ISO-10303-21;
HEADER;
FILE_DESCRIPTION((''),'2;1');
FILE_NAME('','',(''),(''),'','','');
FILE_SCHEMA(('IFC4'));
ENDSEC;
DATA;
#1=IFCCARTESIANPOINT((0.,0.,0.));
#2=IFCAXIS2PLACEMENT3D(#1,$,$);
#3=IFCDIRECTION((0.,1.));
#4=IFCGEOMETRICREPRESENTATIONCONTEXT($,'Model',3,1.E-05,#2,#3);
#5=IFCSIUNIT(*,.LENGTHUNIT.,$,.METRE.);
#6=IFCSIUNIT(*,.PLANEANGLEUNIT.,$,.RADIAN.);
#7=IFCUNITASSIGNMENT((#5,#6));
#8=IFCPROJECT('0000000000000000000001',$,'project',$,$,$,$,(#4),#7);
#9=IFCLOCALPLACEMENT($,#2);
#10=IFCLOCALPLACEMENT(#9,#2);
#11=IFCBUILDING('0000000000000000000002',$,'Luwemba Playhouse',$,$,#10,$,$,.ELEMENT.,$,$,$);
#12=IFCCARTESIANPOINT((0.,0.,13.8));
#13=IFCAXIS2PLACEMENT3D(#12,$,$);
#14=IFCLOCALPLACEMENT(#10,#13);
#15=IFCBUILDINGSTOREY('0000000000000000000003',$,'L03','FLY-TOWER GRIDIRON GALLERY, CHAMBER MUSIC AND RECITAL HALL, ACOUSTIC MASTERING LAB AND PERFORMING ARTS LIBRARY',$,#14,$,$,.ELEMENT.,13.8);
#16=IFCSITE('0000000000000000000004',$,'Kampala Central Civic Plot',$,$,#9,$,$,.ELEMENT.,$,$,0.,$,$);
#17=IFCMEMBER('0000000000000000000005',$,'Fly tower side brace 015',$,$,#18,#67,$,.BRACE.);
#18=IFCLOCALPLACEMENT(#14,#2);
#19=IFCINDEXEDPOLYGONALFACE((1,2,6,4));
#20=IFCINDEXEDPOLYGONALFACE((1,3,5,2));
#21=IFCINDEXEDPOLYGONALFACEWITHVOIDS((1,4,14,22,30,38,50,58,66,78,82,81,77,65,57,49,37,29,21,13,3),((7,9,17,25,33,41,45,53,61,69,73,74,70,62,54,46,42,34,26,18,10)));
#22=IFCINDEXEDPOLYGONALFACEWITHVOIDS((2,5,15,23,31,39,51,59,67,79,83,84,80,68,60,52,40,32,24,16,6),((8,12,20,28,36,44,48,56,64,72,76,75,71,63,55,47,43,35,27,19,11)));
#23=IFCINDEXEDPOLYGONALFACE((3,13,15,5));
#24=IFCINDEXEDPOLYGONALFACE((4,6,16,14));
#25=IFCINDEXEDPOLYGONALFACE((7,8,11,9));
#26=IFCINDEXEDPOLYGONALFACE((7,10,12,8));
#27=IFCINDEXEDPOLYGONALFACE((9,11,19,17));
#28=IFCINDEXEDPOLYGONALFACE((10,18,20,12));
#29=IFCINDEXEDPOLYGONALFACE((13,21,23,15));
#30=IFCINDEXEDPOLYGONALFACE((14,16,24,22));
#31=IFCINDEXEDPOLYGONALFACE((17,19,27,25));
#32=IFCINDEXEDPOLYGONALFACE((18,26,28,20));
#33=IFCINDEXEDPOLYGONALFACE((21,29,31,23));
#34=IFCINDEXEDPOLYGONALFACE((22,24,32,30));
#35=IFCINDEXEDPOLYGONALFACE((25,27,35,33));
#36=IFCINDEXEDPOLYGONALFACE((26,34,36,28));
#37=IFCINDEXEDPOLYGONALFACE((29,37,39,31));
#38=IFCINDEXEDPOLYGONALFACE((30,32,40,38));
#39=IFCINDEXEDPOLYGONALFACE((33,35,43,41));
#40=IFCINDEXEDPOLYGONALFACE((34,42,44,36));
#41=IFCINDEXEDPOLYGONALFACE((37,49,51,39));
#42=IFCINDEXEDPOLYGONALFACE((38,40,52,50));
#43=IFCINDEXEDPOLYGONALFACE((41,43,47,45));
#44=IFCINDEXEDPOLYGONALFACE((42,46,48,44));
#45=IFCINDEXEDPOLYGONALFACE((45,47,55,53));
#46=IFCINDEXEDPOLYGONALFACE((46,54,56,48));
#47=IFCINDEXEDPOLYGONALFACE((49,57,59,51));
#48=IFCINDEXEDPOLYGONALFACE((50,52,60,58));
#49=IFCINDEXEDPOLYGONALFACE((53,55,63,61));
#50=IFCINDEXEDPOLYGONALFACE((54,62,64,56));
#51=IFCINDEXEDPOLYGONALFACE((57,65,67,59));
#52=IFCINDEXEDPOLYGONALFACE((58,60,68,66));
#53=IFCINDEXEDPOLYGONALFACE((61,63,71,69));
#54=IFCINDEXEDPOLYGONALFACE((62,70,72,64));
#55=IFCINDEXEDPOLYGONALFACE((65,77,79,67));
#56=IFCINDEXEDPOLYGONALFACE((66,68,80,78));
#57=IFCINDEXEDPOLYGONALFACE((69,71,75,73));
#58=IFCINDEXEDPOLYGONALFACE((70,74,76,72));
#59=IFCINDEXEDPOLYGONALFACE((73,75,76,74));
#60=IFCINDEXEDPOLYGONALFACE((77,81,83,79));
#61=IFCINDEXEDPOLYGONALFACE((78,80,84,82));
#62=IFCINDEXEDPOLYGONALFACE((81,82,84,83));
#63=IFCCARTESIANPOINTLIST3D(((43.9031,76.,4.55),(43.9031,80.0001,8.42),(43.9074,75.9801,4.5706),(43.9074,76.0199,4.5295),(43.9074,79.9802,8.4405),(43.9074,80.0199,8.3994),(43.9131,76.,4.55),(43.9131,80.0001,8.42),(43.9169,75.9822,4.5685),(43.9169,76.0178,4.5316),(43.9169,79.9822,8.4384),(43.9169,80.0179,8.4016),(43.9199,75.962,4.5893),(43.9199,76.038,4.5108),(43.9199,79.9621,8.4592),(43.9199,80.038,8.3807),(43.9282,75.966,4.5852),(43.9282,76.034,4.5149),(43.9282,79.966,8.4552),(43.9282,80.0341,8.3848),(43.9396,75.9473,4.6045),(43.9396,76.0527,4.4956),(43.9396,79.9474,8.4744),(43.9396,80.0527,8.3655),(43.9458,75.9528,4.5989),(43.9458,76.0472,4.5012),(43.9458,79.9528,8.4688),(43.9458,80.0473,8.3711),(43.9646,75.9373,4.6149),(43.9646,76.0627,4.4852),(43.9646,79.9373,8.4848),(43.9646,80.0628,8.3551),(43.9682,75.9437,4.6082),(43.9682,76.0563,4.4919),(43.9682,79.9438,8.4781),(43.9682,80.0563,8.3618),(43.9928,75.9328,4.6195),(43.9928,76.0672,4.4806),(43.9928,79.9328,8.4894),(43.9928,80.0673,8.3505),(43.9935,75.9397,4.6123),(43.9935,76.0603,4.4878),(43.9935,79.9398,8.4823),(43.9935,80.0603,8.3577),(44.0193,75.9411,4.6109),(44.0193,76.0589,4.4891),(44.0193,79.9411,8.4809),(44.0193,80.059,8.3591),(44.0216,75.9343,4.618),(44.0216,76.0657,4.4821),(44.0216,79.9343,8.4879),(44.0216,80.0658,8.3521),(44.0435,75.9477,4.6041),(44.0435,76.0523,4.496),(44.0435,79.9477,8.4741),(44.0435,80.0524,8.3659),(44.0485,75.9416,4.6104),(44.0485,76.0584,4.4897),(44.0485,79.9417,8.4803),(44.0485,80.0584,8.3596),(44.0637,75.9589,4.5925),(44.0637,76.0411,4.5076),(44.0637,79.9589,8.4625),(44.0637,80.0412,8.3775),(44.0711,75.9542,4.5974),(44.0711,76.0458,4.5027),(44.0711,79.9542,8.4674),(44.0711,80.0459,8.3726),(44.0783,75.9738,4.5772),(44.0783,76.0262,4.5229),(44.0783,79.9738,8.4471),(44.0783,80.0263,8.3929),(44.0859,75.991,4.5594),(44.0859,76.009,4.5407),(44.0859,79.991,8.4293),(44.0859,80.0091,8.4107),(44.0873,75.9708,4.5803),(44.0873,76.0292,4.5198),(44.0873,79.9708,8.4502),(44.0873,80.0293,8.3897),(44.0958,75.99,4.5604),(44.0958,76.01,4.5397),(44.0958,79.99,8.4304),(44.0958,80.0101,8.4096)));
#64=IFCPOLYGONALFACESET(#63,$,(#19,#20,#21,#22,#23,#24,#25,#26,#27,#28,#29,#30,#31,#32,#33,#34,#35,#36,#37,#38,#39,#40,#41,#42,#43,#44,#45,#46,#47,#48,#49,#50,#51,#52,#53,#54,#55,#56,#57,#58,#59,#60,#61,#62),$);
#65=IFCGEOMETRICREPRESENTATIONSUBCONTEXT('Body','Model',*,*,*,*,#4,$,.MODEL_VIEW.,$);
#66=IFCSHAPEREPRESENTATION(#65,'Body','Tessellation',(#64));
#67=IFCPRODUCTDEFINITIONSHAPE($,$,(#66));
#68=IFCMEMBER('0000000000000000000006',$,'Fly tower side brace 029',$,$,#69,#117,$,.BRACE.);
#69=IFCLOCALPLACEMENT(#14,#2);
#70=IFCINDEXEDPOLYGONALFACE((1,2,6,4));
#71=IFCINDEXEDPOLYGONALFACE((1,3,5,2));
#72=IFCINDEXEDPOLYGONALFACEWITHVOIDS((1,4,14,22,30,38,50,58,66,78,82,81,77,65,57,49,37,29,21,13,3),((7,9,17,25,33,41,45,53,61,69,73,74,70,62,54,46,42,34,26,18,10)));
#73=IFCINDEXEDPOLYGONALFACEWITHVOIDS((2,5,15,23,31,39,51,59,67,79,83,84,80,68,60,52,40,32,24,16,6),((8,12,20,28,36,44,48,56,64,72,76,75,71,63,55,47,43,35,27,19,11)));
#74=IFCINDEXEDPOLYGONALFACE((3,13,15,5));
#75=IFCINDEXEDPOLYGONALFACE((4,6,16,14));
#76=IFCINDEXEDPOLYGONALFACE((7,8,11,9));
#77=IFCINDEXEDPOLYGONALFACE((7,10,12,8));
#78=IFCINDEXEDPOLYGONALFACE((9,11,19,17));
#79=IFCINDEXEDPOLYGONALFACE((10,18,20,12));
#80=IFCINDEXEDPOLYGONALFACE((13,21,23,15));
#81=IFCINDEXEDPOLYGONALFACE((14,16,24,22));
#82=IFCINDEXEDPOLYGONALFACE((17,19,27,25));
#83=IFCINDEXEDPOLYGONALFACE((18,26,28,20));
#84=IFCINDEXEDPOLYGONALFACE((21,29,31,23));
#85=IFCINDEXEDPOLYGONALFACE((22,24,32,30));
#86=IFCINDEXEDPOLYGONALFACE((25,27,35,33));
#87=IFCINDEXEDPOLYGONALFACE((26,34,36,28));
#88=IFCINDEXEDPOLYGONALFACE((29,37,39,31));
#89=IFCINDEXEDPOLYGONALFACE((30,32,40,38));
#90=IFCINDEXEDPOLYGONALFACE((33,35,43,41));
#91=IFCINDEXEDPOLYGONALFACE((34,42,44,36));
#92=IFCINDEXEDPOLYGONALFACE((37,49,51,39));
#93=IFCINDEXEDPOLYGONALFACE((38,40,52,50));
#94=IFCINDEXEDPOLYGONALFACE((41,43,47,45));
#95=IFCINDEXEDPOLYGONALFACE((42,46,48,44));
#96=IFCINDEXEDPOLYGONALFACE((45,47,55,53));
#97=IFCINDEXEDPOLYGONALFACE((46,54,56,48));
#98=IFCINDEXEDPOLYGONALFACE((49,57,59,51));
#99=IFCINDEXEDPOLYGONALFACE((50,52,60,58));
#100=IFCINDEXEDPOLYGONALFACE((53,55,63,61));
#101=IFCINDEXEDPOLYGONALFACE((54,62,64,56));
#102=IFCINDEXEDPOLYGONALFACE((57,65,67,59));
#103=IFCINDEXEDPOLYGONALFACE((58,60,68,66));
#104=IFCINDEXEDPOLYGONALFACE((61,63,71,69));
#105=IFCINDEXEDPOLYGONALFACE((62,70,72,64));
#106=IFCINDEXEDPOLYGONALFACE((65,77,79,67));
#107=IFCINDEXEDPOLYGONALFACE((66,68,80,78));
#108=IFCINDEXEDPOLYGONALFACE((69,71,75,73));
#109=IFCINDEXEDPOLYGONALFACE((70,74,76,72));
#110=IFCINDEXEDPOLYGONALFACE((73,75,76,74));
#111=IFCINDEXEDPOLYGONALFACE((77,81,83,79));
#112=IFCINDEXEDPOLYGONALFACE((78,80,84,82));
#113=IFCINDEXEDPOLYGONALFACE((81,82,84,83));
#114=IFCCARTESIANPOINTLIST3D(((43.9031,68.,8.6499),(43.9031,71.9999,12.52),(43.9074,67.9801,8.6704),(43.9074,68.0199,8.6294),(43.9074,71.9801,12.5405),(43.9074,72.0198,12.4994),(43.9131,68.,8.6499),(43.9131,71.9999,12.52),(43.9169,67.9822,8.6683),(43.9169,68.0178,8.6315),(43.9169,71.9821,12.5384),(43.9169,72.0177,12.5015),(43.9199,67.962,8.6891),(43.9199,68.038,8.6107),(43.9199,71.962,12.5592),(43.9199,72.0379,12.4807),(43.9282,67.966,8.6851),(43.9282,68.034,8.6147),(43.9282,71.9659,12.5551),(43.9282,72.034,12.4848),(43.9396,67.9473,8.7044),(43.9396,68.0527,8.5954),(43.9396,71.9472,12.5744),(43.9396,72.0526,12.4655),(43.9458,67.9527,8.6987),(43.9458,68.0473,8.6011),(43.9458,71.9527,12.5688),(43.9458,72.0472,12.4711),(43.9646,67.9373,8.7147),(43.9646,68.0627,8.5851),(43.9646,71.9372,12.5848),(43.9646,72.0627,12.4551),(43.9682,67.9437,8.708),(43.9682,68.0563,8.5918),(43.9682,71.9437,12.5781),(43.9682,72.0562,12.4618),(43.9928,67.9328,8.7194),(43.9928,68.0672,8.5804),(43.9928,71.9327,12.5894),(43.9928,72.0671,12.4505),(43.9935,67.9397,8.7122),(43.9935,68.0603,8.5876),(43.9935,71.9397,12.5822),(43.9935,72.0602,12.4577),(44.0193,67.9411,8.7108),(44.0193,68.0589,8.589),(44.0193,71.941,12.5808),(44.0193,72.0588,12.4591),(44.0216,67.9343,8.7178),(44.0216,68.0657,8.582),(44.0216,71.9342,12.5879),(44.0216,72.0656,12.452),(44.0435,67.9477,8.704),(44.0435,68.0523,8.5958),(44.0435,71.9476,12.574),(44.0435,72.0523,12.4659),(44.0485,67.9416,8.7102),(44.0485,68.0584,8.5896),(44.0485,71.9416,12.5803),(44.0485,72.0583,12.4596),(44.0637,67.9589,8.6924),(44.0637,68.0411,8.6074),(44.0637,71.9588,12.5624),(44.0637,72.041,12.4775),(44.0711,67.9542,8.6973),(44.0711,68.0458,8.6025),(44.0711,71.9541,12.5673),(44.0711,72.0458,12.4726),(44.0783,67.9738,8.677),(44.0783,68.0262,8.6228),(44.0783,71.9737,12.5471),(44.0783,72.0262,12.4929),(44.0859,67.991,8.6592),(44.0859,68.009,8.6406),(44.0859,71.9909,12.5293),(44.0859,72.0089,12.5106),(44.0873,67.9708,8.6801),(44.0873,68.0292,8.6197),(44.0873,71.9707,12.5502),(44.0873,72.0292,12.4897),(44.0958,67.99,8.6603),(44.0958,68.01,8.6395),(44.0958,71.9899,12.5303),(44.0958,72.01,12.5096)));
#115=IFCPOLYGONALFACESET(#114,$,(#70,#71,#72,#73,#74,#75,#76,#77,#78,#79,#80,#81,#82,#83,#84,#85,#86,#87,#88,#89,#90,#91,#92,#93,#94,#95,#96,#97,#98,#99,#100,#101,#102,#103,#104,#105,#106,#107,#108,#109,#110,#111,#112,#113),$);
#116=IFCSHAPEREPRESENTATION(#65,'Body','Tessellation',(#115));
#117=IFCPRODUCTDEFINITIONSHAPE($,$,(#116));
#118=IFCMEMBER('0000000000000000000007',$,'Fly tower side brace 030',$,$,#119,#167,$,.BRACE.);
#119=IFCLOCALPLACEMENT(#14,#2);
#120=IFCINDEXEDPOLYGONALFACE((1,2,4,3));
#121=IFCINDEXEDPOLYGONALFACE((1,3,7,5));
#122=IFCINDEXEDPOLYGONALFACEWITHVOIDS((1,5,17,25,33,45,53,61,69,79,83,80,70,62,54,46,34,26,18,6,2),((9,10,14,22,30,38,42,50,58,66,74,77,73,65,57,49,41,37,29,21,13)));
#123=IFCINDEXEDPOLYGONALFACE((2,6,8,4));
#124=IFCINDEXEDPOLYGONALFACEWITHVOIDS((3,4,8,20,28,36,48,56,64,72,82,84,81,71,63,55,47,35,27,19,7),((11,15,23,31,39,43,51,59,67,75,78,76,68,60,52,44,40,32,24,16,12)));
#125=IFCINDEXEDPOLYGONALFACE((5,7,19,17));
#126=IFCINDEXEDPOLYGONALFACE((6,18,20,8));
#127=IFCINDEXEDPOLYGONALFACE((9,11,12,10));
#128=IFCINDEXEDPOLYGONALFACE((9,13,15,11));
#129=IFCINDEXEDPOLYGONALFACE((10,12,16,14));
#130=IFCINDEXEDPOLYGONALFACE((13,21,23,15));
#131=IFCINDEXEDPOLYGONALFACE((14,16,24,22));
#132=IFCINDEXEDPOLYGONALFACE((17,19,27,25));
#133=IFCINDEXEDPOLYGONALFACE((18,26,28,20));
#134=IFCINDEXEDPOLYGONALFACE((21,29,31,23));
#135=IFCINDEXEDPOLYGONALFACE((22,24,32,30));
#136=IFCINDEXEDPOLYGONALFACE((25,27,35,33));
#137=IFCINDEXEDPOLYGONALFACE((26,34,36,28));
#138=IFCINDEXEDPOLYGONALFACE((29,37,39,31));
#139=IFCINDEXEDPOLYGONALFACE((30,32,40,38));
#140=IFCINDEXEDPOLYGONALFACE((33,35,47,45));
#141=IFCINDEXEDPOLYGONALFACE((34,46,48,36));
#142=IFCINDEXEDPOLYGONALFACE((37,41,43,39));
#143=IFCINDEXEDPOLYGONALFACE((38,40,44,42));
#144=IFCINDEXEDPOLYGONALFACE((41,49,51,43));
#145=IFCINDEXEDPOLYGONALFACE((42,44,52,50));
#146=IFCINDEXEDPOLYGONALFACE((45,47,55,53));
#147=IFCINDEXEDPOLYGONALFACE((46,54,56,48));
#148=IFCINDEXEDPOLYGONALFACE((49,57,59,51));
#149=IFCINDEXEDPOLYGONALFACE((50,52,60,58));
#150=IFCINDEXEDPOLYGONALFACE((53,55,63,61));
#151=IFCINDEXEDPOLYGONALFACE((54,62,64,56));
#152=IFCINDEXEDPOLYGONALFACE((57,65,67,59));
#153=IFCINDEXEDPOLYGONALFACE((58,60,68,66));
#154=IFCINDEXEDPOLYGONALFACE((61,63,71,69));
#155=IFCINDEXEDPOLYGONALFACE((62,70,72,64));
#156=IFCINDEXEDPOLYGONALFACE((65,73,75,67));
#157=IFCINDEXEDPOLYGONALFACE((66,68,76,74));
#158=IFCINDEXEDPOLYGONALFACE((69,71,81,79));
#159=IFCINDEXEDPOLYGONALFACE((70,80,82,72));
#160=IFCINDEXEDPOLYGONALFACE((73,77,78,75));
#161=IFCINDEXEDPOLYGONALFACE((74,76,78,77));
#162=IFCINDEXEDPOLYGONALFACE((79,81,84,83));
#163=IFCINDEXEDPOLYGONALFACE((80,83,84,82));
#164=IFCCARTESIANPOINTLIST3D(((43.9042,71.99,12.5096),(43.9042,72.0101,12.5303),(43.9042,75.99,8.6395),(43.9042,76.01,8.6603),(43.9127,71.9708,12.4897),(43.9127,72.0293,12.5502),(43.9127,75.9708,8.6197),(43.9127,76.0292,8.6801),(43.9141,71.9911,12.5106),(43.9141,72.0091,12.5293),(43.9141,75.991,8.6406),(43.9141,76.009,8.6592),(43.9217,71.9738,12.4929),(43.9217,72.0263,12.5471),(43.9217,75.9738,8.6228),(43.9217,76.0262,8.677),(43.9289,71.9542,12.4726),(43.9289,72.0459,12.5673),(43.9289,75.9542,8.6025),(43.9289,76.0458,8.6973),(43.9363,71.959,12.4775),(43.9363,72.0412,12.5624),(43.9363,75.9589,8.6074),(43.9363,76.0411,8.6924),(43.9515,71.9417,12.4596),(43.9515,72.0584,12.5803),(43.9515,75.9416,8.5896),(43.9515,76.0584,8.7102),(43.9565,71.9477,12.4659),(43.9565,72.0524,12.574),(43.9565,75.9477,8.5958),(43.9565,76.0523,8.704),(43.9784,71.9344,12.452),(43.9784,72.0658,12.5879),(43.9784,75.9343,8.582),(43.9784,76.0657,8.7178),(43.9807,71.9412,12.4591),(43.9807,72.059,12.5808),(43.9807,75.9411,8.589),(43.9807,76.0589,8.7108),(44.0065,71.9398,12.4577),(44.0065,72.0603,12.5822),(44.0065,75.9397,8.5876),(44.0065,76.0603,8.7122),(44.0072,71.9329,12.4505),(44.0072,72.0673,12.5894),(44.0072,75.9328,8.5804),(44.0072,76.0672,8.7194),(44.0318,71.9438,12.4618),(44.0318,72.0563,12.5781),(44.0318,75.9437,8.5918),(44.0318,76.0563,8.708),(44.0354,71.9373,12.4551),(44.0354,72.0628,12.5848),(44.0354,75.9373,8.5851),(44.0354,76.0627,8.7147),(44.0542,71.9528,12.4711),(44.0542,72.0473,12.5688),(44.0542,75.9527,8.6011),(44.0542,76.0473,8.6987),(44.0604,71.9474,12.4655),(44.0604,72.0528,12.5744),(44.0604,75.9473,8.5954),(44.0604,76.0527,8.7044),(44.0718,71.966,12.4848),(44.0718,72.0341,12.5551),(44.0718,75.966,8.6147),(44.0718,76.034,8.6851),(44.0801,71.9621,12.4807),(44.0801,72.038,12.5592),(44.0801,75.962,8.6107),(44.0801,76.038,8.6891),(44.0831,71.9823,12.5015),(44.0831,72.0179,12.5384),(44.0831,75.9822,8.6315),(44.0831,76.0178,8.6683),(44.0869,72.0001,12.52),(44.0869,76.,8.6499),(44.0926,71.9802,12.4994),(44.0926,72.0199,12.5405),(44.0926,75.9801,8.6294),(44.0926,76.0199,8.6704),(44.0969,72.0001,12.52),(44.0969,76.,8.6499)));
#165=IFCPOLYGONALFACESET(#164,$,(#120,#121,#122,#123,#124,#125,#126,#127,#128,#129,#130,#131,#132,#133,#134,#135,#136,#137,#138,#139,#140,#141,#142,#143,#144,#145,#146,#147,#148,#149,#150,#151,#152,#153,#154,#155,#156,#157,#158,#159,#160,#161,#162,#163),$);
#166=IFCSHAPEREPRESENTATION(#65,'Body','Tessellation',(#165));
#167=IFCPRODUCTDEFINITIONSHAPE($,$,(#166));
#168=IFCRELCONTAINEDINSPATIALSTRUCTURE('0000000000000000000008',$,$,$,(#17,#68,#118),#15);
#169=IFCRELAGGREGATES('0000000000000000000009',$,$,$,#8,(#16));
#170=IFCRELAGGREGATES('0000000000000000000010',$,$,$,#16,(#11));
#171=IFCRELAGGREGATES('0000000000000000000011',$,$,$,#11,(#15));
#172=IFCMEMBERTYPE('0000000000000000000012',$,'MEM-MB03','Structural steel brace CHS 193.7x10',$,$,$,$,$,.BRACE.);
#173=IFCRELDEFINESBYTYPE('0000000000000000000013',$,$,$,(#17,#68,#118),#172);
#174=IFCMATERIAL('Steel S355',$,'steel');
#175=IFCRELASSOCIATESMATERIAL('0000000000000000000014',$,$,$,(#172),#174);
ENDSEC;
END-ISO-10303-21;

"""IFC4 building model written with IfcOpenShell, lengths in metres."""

from ifc_helpers import new_model, si_unit, direction, frame, origin, origin_2d, place, context, subcontext, project, spatial, hollow_circle, extrude, material, material_profile, profile_set, type_object, element, save


model = new_model("IFC4")

# Units and contexts
model_context = context("Model", 3, precision=1e-05, world=origin(), true_north=direction((0.0, 1.0)))
body_context = subcontext(model_context, "Body", "Model", "MODEL_VIEW")
ifc_project = project(units=[si_unit("LENGTHUNIT", "METRE"), si_unit("PLANEANGLEUNIT", "RADIAN")], contexts=[model_context])

# Site, building, storey
site_placement = place(None, origin())
site = spatial("IfcSite", under=ifc_project, at=site_placement, Name="Kampala Central Civic Plot", CompositionType="ELEMENT", RefElevation=0.0)
building_placement = place(site_placement, origin())
building = spatial("IfcBuilding", under=site, at=building_placement, Name="Luwemba Playhouse", CompositionType="ELEMENT")
storey_placement = place(building_placement, frame((0.0, 0.0, 13.8)))
storey = spatial("IfcBuildingStorey", under=building, at=storey_placement, Name="L03", Description="FLY-TOWER GRIDIRON GALLERY, CHAMBER MUSIC AND RECITAL HALL, ACOUSTIC MASTERING LAB AND PERFORMING ARTS LIBRARY", CompositionType="ELEMENT", Elevation=13.8)

# Shared definitions
ifc_material_1 = material(Name="Steel S355", Category="steel")

# Members
ifc_material_profile_1 = material_profile(ifc_material_1, hollow_circle(Radius=0.0969, WallThickness=0.01, at=origin_2d()))
ifc_profile_set_1 = profile_set([ifc_material_profile_1], Name="Steel S355")
member_type_1 = type_object("IfcMemberType", Name="MEM-MB03", Description="Structural steel brace CHS 193.7x10", PredefinedType="BRACE", material=ifc_profile_set_1)
for number, where, z_axis, x_axis, name in (
    (1, (44.0, 76.0, 4.55), (0.0, 0.7187, 0.69532), (-1.0, 0.0, 0.0), "Fly tower side brace 015"),
    (2, (44.0, 68.0, 8.6499), (0.0, 0.718679, 0.695343), (-1.0, 0.0, 0.0), "Fly tower side brace 029"),
    (3, (44.0, 76.0, 8.6499), (0.0, -0.718679, 0.695343), (1.0, 0.0, 0.0), "Fly tower side brace 030"),
):
    element("IfcMember", number, at=place(storey_placement, frame(where, z_axis=z_axis, x_axis=x_axis)), inside=storey, type_object=member_type_1, Name=name, PredefinedType="BRACE", context=body_context, shape_type="SweptSolid", body=[
        extrude(hollow_circle(Radius=0.0969, WallThickness=0.01, at=origin_2d()), origin(), (0.0, 0.0, 1.0), 5.5657),
    ])

save(model, "model.ifc")
